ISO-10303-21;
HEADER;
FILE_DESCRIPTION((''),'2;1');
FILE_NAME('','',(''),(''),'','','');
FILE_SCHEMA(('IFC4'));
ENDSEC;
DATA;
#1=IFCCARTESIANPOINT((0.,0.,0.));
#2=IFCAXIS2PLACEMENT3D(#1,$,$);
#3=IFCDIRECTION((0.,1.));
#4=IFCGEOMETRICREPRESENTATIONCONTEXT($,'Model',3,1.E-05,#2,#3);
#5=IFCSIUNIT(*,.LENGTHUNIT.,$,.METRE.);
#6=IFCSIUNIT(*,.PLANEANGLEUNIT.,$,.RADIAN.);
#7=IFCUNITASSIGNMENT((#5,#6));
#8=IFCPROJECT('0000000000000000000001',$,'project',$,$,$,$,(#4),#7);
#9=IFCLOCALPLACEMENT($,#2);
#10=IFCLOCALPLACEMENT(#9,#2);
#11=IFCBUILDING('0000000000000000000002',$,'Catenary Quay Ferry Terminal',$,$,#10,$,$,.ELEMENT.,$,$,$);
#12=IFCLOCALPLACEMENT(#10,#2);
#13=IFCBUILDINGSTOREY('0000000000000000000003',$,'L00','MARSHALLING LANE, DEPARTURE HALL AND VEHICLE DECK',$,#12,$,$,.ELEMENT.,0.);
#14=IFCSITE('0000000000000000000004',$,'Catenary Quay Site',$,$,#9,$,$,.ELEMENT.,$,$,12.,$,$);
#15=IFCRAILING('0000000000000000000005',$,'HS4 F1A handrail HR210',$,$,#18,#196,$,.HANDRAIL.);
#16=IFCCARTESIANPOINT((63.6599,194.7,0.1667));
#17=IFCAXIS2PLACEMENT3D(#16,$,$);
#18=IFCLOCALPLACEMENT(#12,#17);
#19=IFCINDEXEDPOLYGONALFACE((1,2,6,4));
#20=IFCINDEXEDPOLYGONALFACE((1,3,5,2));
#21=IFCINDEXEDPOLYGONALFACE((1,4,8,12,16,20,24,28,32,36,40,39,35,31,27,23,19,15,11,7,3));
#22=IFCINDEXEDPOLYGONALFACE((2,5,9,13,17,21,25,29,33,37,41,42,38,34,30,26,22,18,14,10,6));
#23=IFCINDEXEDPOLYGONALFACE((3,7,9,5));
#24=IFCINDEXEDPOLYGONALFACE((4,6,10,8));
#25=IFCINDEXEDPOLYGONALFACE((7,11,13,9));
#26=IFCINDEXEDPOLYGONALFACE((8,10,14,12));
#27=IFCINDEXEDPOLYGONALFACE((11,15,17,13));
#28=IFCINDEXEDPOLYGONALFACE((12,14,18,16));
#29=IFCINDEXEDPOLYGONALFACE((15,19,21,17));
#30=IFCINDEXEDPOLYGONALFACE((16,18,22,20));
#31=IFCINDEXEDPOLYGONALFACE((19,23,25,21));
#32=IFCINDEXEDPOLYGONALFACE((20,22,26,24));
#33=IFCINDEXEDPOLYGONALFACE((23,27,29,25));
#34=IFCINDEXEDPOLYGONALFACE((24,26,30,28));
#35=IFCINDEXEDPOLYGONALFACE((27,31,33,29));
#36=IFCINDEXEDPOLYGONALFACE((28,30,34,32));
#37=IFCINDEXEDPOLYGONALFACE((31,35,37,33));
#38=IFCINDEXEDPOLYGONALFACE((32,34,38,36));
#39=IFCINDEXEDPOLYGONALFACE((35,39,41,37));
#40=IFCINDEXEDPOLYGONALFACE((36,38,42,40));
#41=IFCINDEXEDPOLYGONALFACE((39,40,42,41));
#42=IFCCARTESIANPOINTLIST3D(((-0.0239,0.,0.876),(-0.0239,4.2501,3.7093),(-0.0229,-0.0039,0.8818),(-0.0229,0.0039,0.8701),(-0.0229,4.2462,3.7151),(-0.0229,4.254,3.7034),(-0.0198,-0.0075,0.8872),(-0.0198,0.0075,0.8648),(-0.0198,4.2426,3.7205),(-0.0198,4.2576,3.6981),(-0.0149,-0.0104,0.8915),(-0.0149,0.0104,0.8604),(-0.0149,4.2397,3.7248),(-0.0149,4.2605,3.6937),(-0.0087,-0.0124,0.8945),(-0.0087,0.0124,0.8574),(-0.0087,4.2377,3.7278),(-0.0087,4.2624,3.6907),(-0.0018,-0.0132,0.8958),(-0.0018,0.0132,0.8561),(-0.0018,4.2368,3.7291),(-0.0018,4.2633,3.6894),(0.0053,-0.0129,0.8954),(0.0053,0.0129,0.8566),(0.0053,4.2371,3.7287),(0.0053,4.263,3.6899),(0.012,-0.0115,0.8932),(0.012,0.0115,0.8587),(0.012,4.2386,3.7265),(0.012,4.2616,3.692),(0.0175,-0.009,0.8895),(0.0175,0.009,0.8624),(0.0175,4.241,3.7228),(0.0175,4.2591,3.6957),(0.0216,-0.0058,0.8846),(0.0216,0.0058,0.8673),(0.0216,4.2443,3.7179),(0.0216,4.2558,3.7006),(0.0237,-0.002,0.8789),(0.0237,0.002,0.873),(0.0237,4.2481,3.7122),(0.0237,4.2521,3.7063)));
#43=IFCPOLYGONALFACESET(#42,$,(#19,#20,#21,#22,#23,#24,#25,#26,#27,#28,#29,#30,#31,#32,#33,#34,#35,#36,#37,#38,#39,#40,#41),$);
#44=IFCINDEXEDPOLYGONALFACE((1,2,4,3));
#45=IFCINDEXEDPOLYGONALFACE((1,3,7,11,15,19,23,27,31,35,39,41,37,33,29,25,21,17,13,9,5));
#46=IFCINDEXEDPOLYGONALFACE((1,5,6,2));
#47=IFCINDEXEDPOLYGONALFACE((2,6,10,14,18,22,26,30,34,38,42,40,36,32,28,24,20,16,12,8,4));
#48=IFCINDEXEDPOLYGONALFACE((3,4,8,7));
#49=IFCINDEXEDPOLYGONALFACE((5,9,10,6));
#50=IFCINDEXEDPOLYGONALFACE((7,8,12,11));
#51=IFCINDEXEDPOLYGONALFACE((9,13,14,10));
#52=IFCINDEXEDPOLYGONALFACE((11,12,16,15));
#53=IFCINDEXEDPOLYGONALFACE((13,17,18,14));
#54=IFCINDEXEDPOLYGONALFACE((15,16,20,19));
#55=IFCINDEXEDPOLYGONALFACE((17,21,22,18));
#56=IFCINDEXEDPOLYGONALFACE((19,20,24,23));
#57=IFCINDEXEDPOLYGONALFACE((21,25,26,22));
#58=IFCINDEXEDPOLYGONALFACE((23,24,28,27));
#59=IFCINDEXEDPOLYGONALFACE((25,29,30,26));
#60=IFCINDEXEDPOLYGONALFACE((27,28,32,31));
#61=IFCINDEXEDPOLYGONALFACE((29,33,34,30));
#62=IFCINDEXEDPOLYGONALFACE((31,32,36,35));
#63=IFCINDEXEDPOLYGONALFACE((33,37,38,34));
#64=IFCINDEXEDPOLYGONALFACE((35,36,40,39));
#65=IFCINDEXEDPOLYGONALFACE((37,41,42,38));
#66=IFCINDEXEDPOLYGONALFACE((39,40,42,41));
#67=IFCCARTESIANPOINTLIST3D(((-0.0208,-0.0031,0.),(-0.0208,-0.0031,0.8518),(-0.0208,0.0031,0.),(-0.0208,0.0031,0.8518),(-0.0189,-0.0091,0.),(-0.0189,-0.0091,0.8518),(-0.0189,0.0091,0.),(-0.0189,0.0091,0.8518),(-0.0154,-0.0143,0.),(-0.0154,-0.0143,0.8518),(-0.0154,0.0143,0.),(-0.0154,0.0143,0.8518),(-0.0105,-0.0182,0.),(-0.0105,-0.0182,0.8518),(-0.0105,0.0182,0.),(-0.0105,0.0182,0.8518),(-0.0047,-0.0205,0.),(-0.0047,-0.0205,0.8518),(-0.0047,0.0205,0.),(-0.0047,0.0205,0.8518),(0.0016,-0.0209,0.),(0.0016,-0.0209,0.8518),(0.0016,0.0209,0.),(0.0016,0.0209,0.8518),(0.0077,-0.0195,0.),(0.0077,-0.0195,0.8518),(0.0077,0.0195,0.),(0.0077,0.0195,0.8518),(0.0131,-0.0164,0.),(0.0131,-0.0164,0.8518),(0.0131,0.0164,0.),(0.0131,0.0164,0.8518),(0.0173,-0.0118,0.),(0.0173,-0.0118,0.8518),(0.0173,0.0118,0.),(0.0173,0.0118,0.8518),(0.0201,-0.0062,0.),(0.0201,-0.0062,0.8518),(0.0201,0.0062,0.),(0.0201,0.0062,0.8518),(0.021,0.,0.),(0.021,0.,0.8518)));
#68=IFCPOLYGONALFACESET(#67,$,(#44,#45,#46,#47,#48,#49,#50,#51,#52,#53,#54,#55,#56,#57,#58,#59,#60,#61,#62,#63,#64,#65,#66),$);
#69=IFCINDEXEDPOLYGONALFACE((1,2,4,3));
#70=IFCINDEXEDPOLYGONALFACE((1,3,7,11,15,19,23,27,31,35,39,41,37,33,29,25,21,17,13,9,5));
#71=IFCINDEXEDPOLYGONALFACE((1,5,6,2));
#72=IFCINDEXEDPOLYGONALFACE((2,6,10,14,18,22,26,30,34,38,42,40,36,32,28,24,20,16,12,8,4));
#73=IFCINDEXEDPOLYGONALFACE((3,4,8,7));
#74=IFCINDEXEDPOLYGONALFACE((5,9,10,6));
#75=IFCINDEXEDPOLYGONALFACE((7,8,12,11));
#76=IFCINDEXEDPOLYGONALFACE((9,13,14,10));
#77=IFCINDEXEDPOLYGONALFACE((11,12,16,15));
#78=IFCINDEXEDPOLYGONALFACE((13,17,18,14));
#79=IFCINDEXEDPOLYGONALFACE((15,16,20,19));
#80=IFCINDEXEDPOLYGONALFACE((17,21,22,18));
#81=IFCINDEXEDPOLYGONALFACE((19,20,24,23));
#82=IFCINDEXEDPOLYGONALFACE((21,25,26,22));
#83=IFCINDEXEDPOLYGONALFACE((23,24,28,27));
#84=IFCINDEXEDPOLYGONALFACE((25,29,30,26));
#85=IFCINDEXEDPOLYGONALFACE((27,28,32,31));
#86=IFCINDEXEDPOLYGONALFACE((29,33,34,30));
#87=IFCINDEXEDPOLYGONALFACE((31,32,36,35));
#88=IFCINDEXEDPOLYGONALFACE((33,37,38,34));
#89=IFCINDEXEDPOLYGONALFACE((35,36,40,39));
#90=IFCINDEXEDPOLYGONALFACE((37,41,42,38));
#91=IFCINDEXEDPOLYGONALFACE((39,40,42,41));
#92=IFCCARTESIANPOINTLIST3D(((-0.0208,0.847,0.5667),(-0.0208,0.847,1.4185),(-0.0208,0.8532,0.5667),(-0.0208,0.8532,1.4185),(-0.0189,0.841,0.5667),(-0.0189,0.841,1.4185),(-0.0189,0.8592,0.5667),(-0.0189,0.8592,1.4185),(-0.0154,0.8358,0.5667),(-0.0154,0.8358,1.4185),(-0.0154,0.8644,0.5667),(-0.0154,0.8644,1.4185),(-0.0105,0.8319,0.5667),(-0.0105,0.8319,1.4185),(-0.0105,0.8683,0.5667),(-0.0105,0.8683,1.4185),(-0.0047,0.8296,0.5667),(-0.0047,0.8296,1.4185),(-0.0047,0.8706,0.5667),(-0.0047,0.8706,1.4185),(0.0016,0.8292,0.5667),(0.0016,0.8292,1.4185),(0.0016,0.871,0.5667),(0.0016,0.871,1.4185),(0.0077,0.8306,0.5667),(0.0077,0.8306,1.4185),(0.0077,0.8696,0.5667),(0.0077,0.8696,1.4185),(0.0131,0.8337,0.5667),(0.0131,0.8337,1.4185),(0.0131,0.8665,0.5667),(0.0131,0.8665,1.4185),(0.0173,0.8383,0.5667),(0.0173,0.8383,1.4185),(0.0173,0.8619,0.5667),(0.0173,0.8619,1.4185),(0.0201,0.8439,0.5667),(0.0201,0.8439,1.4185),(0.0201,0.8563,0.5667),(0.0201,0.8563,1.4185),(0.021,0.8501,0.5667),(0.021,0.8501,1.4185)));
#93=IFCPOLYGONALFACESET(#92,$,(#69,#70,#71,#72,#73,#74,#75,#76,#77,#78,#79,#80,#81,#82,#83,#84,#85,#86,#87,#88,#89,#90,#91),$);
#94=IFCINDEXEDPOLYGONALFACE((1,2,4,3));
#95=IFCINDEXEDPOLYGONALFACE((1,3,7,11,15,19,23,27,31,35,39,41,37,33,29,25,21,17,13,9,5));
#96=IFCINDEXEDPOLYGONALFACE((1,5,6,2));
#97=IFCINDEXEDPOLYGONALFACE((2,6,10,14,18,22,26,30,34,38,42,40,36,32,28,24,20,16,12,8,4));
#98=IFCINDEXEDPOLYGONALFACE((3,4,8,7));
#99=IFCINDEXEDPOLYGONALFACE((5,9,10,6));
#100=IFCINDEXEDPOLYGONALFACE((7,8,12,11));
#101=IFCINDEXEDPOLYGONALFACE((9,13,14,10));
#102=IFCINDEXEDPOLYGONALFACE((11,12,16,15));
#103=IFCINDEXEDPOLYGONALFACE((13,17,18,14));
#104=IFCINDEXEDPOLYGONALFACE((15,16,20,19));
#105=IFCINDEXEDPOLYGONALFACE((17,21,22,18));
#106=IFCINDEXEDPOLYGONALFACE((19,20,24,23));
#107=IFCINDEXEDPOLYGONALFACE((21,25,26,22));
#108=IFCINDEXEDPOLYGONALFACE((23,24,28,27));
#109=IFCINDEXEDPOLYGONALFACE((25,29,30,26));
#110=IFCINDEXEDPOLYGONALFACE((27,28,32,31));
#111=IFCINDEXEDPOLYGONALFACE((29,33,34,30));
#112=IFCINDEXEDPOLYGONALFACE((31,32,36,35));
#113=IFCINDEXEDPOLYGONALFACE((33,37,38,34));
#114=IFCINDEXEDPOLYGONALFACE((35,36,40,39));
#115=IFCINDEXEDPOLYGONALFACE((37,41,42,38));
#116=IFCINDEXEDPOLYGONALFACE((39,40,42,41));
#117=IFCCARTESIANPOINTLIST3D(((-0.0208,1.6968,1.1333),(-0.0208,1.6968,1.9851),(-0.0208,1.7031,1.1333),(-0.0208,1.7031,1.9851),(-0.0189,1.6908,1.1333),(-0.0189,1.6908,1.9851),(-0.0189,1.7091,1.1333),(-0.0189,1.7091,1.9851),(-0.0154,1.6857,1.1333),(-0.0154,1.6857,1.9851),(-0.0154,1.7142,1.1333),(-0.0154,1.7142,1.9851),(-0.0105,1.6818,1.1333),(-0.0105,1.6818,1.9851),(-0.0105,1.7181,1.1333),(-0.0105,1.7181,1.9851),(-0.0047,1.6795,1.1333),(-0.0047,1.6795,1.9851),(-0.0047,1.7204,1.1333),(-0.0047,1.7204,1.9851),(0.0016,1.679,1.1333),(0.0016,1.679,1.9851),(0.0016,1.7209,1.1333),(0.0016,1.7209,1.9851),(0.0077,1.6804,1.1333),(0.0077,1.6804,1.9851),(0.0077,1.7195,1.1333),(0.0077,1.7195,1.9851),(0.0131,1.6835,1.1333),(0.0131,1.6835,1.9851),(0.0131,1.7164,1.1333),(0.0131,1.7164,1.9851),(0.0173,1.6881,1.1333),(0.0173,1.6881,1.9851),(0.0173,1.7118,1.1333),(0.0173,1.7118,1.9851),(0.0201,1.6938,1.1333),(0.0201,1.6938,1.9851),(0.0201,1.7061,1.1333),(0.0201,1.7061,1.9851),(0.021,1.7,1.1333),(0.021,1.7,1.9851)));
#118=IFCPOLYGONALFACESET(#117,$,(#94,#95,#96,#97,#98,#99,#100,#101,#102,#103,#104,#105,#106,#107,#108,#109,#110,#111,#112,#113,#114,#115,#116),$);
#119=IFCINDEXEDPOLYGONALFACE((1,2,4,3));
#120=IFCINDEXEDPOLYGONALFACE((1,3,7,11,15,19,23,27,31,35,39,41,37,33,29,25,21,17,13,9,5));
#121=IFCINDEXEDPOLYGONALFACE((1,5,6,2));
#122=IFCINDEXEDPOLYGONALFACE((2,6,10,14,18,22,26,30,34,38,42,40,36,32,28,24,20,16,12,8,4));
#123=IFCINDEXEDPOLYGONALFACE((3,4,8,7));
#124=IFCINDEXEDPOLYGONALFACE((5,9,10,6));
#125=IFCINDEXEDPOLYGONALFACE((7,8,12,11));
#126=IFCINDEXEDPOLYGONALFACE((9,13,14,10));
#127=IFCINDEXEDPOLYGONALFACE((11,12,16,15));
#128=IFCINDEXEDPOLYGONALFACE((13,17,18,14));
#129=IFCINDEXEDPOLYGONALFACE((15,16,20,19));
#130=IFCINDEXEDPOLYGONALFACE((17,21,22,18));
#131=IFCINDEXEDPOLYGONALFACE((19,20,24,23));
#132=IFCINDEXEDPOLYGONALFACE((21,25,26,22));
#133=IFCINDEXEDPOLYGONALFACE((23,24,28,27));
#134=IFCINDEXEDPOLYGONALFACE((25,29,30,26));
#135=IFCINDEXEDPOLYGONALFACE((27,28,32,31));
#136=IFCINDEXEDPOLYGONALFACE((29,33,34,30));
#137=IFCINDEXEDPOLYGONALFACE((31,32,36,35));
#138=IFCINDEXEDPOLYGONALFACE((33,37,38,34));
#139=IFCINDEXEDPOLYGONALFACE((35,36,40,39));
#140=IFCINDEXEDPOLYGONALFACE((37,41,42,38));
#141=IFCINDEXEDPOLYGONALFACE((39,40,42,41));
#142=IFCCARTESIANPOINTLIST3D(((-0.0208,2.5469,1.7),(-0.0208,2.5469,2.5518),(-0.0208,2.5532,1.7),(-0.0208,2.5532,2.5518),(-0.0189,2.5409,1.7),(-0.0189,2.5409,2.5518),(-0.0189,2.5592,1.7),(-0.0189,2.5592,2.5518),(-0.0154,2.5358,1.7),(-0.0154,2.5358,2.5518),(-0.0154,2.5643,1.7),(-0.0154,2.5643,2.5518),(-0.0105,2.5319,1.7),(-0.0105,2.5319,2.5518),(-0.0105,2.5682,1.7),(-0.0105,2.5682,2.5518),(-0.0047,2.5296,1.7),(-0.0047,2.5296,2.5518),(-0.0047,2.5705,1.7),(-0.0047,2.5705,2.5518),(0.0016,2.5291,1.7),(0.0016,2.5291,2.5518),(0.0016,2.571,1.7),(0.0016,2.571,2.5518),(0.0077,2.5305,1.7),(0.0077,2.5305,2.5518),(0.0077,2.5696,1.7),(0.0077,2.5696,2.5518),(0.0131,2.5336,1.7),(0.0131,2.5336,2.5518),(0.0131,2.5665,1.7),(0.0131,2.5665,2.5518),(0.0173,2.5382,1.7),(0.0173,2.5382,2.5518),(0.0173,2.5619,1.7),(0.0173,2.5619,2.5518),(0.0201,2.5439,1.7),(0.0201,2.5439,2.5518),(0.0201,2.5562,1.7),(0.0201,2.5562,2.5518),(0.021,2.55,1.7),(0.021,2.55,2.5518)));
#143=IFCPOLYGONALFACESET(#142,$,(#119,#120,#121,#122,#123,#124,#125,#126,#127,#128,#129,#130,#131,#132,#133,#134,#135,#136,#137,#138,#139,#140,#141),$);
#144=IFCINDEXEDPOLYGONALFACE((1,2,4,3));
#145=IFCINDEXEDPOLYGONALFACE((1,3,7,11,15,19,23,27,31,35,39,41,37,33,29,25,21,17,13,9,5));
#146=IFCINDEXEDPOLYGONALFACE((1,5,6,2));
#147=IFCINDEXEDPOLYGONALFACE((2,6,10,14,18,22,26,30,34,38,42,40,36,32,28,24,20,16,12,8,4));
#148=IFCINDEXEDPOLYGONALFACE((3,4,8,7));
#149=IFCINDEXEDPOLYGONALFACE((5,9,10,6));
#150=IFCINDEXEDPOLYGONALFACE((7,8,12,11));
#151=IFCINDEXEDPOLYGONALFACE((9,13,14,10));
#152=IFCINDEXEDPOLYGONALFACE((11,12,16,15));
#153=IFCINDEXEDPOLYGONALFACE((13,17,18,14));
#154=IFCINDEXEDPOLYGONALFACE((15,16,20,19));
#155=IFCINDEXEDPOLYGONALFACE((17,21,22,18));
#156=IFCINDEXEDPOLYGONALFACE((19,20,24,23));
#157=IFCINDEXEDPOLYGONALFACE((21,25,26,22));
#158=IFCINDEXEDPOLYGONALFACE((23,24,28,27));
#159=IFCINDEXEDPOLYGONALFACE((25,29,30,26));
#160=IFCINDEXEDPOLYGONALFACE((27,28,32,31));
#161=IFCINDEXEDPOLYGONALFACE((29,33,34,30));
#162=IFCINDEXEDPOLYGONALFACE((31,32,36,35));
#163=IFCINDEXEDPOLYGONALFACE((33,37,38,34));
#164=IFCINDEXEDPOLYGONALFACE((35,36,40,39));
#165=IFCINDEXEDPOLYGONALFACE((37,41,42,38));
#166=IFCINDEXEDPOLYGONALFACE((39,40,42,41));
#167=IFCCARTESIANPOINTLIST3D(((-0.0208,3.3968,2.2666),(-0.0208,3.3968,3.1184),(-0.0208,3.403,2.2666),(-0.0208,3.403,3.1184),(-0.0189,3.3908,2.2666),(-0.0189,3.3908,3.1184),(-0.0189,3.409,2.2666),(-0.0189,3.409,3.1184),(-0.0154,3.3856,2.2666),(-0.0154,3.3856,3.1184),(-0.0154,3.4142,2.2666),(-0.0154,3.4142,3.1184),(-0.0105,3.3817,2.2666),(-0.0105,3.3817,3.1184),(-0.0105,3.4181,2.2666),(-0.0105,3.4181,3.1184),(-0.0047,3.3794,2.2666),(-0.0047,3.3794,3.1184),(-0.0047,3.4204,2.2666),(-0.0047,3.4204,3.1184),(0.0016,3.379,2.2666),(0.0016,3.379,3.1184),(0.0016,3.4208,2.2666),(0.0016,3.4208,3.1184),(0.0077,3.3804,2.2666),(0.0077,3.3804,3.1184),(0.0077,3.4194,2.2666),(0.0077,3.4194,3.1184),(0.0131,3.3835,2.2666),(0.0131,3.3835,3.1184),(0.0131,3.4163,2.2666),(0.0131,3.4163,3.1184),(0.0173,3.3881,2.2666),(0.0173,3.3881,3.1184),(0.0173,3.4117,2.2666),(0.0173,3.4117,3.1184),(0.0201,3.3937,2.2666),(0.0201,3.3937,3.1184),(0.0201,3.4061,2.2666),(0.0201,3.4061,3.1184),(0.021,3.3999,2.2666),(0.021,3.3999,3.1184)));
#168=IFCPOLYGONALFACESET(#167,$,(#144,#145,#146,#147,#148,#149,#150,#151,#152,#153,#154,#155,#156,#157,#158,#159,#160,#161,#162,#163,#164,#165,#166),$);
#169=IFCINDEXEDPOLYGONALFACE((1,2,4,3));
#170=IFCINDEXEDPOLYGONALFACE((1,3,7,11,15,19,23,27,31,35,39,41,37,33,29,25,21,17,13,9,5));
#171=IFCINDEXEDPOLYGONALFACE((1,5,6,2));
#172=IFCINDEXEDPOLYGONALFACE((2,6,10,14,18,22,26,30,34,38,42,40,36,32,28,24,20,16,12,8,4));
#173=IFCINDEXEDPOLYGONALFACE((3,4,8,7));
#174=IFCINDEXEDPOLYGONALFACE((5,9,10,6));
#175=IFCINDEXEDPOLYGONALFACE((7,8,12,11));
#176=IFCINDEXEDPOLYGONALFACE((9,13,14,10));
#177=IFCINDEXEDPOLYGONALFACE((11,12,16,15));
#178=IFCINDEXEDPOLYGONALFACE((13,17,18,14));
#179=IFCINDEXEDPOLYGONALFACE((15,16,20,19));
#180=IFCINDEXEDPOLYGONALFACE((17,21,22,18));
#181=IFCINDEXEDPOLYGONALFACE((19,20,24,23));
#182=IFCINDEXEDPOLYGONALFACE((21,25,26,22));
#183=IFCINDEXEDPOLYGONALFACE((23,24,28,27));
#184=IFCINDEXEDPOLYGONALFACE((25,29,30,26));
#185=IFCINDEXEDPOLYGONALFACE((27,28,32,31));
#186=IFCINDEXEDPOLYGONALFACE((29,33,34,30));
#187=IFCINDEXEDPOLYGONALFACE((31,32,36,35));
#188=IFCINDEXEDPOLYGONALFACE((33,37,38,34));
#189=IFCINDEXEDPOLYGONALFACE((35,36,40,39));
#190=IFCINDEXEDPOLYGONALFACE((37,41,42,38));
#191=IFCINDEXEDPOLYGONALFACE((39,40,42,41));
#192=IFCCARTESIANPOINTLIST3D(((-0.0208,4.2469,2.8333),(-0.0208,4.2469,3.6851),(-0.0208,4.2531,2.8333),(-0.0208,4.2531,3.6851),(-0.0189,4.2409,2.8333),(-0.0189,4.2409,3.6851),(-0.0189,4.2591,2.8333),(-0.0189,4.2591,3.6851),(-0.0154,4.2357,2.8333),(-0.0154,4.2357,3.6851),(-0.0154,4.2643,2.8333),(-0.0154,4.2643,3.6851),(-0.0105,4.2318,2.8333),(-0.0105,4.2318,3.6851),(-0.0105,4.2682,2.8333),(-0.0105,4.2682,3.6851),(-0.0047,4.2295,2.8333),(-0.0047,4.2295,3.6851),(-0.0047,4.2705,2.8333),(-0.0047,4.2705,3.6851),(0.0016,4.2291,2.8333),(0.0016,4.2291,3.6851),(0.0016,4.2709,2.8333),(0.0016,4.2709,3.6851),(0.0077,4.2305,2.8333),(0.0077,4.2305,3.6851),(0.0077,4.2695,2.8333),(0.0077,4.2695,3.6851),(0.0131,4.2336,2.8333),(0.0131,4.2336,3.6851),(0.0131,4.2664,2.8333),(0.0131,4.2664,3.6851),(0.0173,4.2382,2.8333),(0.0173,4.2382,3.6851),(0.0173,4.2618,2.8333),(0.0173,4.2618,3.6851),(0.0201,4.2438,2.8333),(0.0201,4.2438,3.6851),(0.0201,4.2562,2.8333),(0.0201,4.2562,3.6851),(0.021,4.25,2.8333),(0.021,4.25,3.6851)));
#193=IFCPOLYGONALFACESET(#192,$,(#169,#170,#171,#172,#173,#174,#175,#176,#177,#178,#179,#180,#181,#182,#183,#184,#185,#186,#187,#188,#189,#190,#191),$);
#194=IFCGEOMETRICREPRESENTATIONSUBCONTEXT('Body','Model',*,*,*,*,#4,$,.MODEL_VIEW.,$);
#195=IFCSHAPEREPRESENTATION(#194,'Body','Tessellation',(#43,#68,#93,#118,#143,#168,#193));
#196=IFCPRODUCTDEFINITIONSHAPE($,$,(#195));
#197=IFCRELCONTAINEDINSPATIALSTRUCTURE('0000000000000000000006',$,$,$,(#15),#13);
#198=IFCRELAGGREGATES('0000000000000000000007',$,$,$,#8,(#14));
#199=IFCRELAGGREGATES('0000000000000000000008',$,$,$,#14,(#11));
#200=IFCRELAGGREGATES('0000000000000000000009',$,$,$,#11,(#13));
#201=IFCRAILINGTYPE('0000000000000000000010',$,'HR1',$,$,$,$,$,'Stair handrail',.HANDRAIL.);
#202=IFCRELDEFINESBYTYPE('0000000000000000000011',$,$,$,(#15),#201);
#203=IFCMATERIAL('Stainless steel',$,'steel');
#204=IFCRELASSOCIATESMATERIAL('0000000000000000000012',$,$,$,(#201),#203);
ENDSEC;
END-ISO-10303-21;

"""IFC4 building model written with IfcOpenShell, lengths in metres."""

from ifc_helpers import new_model, si_unit, direction, frame, origin, origin_2d, place, context, subcontext, project, spatial, circle, extrude, material, type_object, element, save


model = new_model("IFC4")

# Units and contexts
model_context = context("Model", 3, precision=1e-05, world=origin(), true_north=direction((0.0, 1.0)))
body_context = subcontext(model_context, "Body", "Model", "MODEL_VIEW")
ifc_project = project(units=[si_unit("LENGTHUNIT", "METRE"), si_unit("PLANEANGLEUNIT", "RADIAN")], contexts=[model_context])

# Site, building, storey
site_placement = place(None, origin())
site = spatial("IfcSite", under=ifc_project, at=site_placement, Name="Catenary Quay Site", CompositionType="ELEMENT", RefElevation=12.0)
building_placement = place(site_placement, origin())
building = spatial("IfcBuilding", under=site, at=building_placement, Name="Catenary Quay Ferry Terminal", CompositionType="ELEMENT")
storey_placement = place(building_placement, origin())
storey = spatial("IfcBuildingStorey", under=building, at=storey_placement, Name="L00", Description="MARSHALLING LANE, DEPARTURE HALL AND VEHICLE DECK", CompositionType="ELEMENT", Elevation=0.0)

# Railing
ifc_material_1 = material(Name="Stainless steel", Category="steel")
railing_type_1 = type_object("IfcRailingType", Name="HR1", ElementType="Stair handrail", PredefinedType="HANDRAIL", material=ifc_material_1)
for number, where, name in (
    (1, (63.6599, 194.7, 0.1667), "HS4 F1A handrail HR210"),
):
    element("IfcRailing", number, at=place(storey_placement, frame(where)), inside=storey, type_object=railing_type_1, Name=name, PredefinedType="HANDRAIL", context=body_context, shape_type="SweptSolid", body=[
        extrude(circle(Radius=0.0239, at=origin_2d()), frame((0.0, 0.0, 0.876), z_axis=(0.0, 0.832058, 0.554689), x_axis=(-1.0, 0.0, 0.0)), (0.0, 0.0, 1.0), 5.1079),
        extrude(circle(Radius=0.021, at=origin_2d()), origin(), (0.0, 0.0, 1.0), 0.8518),
        extrude(circle(Radius=0.021, at=origin_2d()), frame((0.0, 0.8501, 0.5667)), (0.0, 0.0, 1.0), 0.8518),
        extrude(circle(Radius=0.021, at=origin_2d()), frame((0.0, 1.7, 1.1333)), (0.0, 0.0, 1.0), 0.8518),
        extrude(circle(Radius=0.021, at=origin_2d()), frame((0.0, 2.55, 1.7)), (0.0, 0.0, 1.0), 0.8518),
        extrude(circle(Radius=0.021, at=origin_2d()), frame((0.0, 3.3999, 2.2666)), (0.0, 0.0, 1.0), 0.8518),
        extrude(circle(Radius=0.021, at=origin_2d()), frame((0.0, 4.25, 2.8333)), (0.0, 0.0, 1.0), 0.8518),
    ])

save(model, "model.ifc")
